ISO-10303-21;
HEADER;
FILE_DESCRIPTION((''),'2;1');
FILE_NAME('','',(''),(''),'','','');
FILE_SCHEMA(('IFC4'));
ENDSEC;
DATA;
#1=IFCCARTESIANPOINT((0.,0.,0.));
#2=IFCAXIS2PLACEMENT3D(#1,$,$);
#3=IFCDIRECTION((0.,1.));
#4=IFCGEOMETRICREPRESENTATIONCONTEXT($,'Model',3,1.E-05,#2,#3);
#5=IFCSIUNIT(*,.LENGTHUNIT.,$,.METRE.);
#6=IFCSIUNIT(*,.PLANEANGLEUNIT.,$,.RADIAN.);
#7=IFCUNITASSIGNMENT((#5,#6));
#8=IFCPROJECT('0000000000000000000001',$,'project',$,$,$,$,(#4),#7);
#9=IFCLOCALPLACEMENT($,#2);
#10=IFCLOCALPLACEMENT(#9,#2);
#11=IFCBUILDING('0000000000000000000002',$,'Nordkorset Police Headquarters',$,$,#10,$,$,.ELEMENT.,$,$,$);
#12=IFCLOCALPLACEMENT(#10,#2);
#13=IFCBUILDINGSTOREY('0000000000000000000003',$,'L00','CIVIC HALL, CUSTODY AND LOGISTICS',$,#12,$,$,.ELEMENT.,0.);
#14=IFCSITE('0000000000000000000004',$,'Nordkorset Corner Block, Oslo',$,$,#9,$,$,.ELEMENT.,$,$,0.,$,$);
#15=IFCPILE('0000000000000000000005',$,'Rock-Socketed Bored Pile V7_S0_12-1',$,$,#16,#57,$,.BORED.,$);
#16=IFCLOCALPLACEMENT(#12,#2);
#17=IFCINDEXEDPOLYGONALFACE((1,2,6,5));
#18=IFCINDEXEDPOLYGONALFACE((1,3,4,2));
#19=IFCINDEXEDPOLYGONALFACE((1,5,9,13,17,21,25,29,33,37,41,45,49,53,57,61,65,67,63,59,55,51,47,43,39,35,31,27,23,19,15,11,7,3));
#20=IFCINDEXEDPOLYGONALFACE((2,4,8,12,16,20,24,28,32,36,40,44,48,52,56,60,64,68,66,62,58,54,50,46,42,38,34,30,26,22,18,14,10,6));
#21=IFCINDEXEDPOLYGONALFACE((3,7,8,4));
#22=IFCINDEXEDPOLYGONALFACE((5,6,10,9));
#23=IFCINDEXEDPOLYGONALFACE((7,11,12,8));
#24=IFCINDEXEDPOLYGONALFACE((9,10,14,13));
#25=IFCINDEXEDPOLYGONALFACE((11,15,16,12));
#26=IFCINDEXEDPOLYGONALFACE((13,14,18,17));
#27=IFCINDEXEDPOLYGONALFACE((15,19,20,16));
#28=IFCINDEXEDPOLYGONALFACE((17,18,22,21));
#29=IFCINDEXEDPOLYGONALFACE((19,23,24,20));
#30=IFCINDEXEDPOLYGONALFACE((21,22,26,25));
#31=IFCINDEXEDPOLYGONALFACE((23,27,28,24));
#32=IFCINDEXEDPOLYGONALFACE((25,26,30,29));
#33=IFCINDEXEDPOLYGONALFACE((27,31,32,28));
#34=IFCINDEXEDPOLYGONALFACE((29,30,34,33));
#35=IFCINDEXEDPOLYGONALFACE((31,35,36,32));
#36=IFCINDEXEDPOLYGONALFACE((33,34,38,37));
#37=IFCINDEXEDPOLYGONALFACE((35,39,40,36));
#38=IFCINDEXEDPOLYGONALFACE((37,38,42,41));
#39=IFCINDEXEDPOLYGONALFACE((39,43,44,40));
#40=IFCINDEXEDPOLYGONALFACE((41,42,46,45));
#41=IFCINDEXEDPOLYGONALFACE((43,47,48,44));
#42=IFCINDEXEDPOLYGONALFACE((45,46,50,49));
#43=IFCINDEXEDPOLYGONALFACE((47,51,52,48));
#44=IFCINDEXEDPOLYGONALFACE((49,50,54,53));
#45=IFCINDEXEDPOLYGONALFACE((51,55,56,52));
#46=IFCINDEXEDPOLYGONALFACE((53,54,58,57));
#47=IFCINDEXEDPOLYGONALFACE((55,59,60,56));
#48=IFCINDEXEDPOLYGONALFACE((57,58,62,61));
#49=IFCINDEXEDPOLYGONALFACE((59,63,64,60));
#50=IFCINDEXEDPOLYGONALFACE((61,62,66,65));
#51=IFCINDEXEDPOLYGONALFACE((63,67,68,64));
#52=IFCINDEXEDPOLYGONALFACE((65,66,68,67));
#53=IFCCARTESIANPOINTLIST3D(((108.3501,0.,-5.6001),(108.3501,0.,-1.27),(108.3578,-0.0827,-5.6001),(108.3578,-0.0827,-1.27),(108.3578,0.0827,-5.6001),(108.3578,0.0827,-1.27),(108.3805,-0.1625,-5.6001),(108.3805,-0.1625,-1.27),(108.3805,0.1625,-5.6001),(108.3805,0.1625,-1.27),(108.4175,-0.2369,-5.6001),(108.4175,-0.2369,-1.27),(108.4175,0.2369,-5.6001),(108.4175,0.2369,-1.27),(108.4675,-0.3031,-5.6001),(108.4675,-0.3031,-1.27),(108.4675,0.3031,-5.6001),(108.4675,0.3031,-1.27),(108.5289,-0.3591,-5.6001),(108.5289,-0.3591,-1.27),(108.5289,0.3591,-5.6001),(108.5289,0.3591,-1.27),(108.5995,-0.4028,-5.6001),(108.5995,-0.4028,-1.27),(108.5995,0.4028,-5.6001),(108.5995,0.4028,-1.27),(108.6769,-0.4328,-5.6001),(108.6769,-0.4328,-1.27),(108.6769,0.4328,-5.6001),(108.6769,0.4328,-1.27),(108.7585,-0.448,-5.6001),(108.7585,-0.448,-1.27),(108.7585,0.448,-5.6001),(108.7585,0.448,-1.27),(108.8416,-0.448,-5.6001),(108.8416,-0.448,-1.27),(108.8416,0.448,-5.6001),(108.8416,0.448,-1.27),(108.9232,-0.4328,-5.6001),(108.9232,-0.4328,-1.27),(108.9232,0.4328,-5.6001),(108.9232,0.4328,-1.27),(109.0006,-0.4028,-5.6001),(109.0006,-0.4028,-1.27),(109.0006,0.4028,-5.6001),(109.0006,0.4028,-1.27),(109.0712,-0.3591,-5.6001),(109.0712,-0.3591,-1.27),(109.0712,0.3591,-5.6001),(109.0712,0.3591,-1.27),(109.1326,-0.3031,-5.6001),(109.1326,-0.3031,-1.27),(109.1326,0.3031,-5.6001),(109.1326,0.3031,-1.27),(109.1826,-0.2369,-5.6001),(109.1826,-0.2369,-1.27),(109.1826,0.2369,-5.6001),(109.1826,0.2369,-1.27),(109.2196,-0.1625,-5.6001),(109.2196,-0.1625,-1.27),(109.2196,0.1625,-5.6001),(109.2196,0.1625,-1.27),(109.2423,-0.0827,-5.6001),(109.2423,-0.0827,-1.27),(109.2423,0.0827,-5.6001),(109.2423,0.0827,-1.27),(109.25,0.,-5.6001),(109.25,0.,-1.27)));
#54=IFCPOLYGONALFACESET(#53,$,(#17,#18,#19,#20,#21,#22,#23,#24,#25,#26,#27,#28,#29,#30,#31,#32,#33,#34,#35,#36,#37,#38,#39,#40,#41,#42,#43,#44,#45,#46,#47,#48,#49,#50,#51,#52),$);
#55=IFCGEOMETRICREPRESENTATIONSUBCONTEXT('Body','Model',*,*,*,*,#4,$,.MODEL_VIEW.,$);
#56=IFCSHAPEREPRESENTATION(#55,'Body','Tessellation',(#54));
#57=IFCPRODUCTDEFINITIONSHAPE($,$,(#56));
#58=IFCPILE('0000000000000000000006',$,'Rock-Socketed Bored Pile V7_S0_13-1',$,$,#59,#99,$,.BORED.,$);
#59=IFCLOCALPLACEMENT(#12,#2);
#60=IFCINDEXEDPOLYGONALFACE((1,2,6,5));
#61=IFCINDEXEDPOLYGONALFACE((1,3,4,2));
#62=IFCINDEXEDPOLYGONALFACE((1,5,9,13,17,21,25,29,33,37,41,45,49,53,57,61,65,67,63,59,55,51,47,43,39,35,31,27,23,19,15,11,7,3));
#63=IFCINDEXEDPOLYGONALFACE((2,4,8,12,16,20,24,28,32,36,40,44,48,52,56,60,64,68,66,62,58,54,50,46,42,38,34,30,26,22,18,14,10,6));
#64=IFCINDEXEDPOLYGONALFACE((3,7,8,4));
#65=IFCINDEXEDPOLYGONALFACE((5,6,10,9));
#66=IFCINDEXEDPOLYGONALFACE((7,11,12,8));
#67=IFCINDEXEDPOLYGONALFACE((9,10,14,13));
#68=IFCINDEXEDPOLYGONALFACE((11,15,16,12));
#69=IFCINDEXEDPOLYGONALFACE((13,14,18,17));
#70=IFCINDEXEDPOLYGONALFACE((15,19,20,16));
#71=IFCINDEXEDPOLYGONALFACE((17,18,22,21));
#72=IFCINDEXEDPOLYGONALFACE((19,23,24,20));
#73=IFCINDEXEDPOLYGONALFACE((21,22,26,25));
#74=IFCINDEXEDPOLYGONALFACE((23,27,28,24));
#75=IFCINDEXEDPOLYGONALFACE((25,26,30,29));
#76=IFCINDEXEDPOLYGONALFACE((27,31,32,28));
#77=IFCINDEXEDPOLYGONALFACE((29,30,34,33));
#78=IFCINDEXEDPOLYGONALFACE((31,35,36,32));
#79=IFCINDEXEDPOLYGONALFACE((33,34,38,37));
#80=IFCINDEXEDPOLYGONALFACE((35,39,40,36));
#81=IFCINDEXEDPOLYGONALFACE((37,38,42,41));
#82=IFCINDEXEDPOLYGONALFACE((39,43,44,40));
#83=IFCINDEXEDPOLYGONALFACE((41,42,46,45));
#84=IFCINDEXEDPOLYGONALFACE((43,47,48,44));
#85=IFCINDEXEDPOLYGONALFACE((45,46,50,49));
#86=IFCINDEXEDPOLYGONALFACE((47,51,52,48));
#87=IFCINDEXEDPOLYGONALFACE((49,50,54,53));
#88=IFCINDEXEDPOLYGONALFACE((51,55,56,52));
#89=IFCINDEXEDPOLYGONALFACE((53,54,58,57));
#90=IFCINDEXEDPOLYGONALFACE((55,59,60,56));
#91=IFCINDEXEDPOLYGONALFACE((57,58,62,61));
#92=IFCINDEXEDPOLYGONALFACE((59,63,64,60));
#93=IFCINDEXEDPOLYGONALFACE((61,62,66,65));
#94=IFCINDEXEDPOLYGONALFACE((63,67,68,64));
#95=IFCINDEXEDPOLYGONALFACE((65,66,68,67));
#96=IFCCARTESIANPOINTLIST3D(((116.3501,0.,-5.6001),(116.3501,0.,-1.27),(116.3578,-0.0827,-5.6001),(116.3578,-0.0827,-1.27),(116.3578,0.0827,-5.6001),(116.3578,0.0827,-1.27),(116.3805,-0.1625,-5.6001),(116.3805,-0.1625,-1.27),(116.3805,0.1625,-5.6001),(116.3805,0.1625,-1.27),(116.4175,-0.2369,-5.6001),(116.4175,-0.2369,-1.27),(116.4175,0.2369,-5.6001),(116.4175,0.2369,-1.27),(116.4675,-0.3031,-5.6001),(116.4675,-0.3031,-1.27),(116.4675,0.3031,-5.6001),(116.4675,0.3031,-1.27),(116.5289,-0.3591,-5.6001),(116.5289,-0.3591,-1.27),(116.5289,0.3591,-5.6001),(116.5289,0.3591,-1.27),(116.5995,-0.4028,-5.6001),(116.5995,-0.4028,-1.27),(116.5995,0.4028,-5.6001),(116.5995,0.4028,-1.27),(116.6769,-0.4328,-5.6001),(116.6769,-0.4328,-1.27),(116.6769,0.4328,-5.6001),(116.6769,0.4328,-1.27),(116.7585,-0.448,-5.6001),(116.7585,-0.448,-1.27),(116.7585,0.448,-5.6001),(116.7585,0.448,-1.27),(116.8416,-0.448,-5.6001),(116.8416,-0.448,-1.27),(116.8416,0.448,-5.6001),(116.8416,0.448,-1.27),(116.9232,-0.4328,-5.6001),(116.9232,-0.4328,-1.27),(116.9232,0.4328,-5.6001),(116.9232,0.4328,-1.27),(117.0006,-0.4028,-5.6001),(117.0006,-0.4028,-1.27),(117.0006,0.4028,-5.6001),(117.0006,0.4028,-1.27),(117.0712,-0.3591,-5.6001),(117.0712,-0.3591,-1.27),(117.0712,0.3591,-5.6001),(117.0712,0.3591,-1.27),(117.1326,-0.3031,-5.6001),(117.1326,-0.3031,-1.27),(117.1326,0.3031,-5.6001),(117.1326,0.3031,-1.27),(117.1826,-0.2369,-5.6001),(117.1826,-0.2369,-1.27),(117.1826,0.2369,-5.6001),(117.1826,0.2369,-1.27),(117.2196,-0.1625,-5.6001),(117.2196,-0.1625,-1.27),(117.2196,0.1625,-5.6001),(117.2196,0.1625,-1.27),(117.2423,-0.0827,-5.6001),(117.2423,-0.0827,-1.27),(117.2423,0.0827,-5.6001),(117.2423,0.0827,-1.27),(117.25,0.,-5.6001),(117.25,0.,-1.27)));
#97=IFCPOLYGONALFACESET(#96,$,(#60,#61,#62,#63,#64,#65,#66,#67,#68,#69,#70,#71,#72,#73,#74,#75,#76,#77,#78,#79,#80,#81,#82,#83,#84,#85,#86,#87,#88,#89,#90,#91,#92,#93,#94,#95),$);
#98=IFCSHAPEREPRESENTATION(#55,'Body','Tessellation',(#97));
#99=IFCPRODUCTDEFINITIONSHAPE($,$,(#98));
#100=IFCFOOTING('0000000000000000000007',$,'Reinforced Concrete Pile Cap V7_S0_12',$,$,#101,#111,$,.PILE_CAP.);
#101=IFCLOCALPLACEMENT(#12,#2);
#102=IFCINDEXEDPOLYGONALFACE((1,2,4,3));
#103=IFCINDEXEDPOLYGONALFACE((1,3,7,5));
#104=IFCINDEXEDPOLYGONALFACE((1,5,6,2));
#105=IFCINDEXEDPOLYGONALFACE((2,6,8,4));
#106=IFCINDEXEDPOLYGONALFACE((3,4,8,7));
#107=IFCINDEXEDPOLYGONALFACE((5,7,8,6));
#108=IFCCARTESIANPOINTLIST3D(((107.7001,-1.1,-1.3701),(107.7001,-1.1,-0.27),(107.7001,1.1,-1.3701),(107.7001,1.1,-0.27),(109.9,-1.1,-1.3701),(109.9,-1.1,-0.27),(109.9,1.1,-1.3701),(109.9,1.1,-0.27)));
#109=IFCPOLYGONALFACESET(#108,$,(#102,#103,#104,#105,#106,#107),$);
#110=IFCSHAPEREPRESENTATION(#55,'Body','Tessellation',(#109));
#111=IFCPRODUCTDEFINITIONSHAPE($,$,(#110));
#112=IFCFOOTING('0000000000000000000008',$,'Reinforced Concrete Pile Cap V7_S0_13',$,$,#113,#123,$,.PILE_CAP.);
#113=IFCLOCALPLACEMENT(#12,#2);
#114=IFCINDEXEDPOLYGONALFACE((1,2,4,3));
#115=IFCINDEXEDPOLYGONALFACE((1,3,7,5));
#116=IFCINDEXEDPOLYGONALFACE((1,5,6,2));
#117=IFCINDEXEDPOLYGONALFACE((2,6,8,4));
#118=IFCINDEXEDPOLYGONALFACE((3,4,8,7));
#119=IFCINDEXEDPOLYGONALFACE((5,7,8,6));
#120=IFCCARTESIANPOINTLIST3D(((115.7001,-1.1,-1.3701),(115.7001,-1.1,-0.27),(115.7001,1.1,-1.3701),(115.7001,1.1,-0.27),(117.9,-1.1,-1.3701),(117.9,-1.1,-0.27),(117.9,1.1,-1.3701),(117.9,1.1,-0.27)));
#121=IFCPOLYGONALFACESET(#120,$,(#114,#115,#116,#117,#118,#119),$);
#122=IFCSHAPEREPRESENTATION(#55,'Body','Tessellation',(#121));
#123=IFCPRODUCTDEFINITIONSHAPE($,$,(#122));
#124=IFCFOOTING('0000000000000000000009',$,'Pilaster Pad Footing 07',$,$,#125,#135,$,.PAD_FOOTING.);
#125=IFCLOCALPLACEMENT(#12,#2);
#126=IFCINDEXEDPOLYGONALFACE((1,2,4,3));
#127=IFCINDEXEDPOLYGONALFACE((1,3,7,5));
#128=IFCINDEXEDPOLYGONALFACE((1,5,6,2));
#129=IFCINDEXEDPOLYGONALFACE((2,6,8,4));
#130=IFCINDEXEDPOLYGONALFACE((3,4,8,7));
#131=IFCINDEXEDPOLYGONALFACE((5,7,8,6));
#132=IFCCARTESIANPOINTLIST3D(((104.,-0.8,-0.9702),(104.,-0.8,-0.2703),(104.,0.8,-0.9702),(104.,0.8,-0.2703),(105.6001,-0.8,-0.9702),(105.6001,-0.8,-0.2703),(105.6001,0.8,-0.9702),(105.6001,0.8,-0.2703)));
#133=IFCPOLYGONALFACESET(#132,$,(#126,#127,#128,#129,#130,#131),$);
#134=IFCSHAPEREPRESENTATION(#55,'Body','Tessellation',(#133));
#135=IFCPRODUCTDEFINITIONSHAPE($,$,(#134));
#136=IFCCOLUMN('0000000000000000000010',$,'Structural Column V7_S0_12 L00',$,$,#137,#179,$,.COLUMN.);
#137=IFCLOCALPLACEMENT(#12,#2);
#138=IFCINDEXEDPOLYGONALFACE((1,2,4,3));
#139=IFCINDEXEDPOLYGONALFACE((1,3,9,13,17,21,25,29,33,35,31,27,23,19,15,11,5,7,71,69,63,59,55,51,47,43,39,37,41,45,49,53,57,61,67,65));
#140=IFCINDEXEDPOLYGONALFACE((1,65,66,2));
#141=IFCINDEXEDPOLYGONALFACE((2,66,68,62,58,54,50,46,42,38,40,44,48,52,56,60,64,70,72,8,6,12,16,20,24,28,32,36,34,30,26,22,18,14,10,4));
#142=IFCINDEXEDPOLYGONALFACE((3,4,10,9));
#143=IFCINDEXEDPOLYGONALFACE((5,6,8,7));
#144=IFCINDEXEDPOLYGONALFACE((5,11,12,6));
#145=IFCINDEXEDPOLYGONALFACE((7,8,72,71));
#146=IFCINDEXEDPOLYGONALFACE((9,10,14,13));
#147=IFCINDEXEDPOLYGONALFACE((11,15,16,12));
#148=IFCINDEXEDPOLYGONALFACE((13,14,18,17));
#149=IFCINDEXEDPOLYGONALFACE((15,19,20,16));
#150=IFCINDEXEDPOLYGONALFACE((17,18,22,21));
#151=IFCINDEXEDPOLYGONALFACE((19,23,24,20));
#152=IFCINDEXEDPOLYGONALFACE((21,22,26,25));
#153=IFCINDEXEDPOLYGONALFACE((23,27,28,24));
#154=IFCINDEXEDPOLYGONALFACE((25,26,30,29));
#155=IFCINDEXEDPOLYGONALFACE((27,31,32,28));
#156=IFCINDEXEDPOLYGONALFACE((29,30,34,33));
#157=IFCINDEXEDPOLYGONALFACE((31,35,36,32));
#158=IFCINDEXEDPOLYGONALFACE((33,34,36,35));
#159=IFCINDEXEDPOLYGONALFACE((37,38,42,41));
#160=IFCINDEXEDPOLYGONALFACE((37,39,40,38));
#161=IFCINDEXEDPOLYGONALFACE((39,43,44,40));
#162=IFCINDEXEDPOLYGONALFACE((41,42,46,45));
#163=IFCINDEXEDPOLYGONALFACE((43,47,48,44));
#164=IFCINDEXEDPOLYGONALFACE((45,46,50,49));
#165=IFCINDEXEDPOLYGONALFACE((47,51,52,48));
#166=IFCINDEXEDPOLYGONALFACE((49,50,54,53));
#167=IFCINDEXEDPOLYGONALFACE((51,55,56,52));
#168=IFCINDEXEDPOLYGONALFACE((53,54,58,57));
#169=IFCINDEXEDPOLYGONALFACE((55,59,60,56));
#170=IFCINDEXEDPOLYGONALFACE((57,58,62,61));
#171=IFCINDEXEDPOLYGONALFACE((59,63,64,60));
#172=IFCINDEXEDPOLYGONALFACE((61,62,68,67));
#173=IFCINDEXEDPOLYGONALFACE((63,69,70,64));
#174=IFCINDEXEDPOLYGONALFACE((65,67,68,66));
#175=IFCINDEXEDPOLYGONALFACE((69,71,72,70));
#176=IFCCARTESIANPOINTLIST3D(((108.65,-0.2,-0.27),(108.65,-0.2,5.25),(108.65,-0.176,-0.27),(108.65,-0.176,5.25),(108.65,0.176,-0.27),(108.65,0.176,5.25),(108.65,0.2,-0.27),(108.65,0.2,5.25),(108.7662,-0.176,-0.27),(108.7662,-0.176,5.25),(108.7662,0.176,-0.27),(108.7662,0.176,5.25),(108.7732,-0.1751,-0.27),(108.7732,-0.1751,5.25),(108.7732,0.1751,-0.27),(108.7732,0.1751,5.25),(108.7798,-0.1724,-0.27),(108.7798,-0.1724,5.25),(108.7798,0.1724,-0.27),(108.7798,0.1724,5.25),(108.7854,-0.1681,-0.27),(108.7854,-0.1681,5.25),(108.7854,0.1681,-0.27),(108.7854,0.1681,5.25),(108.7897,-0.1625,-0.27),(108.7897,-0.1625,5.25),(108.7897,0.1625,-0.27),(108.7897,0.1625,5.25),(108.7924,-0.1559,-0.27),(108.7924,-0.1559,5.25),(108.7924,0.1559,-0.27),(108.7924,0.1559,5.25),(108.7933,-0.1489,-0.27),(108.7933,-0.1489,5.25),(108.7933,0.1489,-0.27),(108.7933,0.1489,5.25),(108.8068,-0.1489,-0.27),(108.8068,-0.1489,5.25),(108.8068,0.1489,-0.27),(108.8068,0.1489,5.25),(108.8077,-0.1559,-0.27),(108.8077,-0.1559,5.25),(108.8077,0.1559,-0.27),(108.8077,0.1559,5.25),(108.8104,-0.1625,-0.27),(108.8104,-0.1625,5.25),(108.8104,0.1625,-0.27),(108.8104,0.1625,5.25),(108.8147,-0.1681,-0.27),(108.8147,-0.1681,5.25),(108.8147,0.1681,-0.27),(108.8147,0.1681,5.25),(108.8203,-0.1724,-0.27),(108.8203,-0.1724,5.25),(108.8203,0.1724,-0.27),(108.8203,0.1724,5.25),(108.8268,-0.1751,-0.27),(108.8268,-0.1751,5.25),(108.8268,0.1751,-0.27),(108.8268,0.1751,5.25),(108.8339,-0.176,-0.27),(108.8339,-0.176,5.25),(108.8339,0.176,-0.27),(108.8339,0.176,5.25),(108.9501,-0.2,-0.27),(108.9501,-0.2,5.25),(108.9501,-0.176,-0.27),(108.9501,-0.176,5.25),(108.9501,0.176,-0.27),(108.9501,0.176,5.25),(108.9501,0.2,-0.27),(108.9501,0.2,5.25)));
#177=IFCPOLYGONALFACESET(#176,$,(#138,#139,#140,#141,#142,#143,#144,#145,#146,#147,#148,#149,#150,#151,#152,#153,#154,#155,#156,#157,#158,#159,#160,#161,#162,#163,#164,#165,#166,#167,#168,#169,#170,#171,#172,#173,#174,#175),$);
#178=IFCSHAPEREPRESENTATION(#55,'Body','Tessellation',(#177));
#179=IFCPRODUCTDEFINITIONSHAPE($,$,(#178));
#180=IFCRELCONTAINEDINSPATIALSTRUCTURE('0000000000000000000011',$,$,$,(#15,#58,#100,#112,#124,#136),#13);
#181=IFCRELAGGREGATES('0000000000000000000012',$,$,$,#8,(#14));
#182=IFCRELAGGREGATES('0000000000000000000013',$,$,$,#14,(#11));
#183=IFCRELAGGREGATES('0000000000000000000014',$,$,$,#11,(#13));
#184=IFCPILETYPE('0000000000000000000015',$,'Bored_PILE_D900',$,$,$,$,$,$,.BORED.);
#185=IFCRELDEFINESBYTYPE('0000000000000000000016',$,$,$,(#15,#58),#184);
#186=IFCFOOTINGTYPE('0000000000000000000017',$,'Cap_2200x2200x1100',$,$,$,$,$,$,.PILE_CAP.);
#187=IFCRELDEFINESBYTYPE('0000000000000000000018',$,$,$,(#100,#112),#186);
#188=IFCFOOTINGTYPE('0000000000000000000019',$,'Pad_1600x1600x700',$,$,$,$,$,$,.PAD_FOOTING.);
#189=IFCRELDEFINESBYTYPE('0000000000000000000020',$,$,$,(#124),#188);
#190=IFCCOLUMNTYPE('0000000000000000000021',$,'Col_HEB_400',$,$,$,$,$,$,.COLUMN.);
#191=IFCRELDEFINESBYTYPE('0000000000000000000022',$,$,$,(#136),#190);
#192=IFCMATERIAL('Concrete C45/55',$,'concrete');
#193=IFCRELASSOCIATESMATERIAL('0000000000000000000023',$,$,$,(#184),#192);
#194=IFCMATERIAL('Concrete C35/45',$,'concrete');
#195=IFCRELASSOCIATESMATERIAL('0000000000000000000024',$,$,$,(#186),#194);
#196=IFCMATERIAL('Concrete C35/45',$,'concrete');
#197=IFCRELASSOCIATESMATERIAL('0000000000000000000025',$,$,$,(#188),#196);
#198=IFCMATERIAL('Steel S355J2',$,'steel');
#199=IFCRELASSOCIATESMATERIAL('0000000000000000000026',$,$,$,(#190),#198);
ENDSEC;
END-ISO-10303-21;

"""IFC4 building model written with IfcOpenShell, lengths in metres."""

from ifc_helpers import new_model, si_unit, direction, frame, origin, origin_2d, place, context, subcontext, project, spatial, rectangle, circle, i_section, extrude, material, material_profile, profile_set, type_object, element, save


model = new_model("IFC4")

# Units and contexts
model_context = context("Model", 3, precision=1e-05, world=origin(), true_north=direction((0.0, 1.0)))
body_context = subcontext(model_context, "Body", "Model", "MODEL_VIEW")
ifc_project = project(units=[si_unit("LENGTHUNIT", "METRE"), si_unit("PLANEANGLEUNIT", "RADIAN")], contexts=[model_context])

# Site, building, storey
site_placement = place(None, origin())
site = spatial("IfcSite", under=ifc_project, at=site_placement, Name="Nordkorset Corner Block, Oslo", CompositionType="ELEMENT", RefElevation=0.0)
building_placement = place(site_placement, origin())
building = spatial("IfcBuilding", under=site, at=building_placement, Name="Nordkorset Police Headquarters", CompositionType="ELEMENT")
storey_placement = place(building_placement, origin())
storey = spatial("IfcBuildingStorey", under=building, at=storey_placement, Name="L00", Description="CIVIC HALL, CUSTODY AND LOGISTICS", CompositionType="ELEMENT", Elevation=0.0)

# Piles
ifc_material_1 = material(Name="Concrete C45/55", Category="concrete")
ifc_material_profile_1 = material_profile(ifc_material_1, circle(Radius=0.45, at=origin_2d()), Name="PILE D900")
ifc_profile_set_1 = profile_set([ifc_material_profile_1], Name="Concrete C45/55")
pile_type = type_object("IfcPileType", Name="Bored_PILE_D900", PredefinedType="BORED", material=ifc_profile_set_1)
for number, where, z_axis, x_axis, name in (
    (1, (108.8, 0.0, -1.27), (0.0, 0.0, -1.0), (1.0, 0.0, 0.0), "Rock-Socketed Bored Pile V7_S0_12-1"),
    (2, (116.8, 0.0, -1.27), (0.0, 0.0, -1.0), (1.0, 0.0, 0.0), "Rock-Socketed Bored Pile V7_S0_13-1"),
):
    element("IfcPile", number, at=place(storey_placement, frame(where, z_axis=z_axis, x_axis=x_axis)), inside=storey, type_object=pile_type, Name=name, PredefinedType="BORED", context=body_context, shape_type="SweptSolid", body=[
        extrude(circle(Radius=0.45, at=origin_2d()), origin(), (0.0, 0.0, 1.0), 4.3301),
    ])

# Footings
ifc_material_2 = material(Name="Concrete C35/45", Category="concrete")
footing_type_1 = type_object("IfcFootingType", Name="Cap_2200x2200x1100", PredefinedType="PILE_CAP", material=ifc_material_2)
for number, where, z_axis, x_axis, name in (
    (3, (108.8, 0.0, -1.3701), (0.0, 0.0, 1.0), (1.0, 0.0, 0.0), "Reinforced Concrete Pile Cap V7_S0_12"),
    (4, (116.8, 0.0, -1.3701), (0.0, 0.0, 1.0), (1.0, 0.0, 0.0), "Reinforced Concrete Pile Cap V7_S0_13"),
):
    element("IfcFooting", number, at=place(storey_placement, frame(where, z_axis=z_axis, x_axis=x_axis)), inside=storey, type_object=footing_type_1, Name=name, PredefinedType="PILE_CAP", context=body_context, shape_type="SweptSolid", body=[
        extrude(rectangle(XDim=2.2, YDim=2.2, at=origin_2d()), origin(), (0.0, 0.0, 1.0), 1.1001),
    ])
ifc_material_3 = material(Name="Concrete C35/45", Category="concrete")
footing_type_2 = type_object("IfcFootingType", Name="Pad_1600x1600x700", PredefinedType="PAD_FOOTING", material=ifc_material_3)
footing_placement = place(storey_placement, frame((104.8, 0.0, -0.9702), z_axis=(0.0, 0.0, 1.0), x_axis=(1.0, 0.0, 0.0)))
element("IfcFooting", 5, at=footing_placement, inside=storey, type_object=footing_type_2, Name="Pilaster Pad Footing 07", PredefinedType="PAD_FOOTING", context=body_context, shape_type="SweptSolid", body=[
    extrude(rectangle(XDim=1.6001, YDim=1.6001, at=origin_2d()), origin(), (0.0, 0.0, 1.0), 0.7),
])

# Column
ifc_material_4 = material(Name="Steel S355J2", Category="steel")
ifc_material_profile_2 = material_profile(ifc_material_4, i_section(OverallWidth=0.3, OverallDepth=0.3999, WebThickness=0.0134, FlangeThickness=0.0239, FilletRadius=0.0271, at=origin_2d()), Name="HEB 400")
ifc_profile_set_2 = profile_set([ifc_material_profile_2], Name="Steel S355J2")
column_type_1 = type_object("IfcColumnType", Name="Col_HEB_400", PredefinedType="COLUMN", material=ifc_profile_set_2)
for number, where, z_axis, x_axis, name in (
    (6, (108.8, 0.0, -0.27), (0.0, 0.0, 1.0), (1.0, 0.0, 0.0), "Structural Column V7_S0_12 L00"),
):
    element("IfcColumn", number, at=place(storey_placement, frame(where, z_axis=z_axis, x_axis=x_axis)), inside=storey, type_object=column_type_1, Name=name, PredefinedType="COLUMN", context=body_context, shape_type="SweptSolid", body=[
        extrude(i_section(OverallWidth=0.3, OverallDepth=0.3999, WebThickness=0.0134, FlangeThickness=0.0239, FilletRadius=0.0271, at=origin_2d()), origin(), (0.0, 0.0, 1.0), 5.52),
    ])

save(model, "model.ifc")
